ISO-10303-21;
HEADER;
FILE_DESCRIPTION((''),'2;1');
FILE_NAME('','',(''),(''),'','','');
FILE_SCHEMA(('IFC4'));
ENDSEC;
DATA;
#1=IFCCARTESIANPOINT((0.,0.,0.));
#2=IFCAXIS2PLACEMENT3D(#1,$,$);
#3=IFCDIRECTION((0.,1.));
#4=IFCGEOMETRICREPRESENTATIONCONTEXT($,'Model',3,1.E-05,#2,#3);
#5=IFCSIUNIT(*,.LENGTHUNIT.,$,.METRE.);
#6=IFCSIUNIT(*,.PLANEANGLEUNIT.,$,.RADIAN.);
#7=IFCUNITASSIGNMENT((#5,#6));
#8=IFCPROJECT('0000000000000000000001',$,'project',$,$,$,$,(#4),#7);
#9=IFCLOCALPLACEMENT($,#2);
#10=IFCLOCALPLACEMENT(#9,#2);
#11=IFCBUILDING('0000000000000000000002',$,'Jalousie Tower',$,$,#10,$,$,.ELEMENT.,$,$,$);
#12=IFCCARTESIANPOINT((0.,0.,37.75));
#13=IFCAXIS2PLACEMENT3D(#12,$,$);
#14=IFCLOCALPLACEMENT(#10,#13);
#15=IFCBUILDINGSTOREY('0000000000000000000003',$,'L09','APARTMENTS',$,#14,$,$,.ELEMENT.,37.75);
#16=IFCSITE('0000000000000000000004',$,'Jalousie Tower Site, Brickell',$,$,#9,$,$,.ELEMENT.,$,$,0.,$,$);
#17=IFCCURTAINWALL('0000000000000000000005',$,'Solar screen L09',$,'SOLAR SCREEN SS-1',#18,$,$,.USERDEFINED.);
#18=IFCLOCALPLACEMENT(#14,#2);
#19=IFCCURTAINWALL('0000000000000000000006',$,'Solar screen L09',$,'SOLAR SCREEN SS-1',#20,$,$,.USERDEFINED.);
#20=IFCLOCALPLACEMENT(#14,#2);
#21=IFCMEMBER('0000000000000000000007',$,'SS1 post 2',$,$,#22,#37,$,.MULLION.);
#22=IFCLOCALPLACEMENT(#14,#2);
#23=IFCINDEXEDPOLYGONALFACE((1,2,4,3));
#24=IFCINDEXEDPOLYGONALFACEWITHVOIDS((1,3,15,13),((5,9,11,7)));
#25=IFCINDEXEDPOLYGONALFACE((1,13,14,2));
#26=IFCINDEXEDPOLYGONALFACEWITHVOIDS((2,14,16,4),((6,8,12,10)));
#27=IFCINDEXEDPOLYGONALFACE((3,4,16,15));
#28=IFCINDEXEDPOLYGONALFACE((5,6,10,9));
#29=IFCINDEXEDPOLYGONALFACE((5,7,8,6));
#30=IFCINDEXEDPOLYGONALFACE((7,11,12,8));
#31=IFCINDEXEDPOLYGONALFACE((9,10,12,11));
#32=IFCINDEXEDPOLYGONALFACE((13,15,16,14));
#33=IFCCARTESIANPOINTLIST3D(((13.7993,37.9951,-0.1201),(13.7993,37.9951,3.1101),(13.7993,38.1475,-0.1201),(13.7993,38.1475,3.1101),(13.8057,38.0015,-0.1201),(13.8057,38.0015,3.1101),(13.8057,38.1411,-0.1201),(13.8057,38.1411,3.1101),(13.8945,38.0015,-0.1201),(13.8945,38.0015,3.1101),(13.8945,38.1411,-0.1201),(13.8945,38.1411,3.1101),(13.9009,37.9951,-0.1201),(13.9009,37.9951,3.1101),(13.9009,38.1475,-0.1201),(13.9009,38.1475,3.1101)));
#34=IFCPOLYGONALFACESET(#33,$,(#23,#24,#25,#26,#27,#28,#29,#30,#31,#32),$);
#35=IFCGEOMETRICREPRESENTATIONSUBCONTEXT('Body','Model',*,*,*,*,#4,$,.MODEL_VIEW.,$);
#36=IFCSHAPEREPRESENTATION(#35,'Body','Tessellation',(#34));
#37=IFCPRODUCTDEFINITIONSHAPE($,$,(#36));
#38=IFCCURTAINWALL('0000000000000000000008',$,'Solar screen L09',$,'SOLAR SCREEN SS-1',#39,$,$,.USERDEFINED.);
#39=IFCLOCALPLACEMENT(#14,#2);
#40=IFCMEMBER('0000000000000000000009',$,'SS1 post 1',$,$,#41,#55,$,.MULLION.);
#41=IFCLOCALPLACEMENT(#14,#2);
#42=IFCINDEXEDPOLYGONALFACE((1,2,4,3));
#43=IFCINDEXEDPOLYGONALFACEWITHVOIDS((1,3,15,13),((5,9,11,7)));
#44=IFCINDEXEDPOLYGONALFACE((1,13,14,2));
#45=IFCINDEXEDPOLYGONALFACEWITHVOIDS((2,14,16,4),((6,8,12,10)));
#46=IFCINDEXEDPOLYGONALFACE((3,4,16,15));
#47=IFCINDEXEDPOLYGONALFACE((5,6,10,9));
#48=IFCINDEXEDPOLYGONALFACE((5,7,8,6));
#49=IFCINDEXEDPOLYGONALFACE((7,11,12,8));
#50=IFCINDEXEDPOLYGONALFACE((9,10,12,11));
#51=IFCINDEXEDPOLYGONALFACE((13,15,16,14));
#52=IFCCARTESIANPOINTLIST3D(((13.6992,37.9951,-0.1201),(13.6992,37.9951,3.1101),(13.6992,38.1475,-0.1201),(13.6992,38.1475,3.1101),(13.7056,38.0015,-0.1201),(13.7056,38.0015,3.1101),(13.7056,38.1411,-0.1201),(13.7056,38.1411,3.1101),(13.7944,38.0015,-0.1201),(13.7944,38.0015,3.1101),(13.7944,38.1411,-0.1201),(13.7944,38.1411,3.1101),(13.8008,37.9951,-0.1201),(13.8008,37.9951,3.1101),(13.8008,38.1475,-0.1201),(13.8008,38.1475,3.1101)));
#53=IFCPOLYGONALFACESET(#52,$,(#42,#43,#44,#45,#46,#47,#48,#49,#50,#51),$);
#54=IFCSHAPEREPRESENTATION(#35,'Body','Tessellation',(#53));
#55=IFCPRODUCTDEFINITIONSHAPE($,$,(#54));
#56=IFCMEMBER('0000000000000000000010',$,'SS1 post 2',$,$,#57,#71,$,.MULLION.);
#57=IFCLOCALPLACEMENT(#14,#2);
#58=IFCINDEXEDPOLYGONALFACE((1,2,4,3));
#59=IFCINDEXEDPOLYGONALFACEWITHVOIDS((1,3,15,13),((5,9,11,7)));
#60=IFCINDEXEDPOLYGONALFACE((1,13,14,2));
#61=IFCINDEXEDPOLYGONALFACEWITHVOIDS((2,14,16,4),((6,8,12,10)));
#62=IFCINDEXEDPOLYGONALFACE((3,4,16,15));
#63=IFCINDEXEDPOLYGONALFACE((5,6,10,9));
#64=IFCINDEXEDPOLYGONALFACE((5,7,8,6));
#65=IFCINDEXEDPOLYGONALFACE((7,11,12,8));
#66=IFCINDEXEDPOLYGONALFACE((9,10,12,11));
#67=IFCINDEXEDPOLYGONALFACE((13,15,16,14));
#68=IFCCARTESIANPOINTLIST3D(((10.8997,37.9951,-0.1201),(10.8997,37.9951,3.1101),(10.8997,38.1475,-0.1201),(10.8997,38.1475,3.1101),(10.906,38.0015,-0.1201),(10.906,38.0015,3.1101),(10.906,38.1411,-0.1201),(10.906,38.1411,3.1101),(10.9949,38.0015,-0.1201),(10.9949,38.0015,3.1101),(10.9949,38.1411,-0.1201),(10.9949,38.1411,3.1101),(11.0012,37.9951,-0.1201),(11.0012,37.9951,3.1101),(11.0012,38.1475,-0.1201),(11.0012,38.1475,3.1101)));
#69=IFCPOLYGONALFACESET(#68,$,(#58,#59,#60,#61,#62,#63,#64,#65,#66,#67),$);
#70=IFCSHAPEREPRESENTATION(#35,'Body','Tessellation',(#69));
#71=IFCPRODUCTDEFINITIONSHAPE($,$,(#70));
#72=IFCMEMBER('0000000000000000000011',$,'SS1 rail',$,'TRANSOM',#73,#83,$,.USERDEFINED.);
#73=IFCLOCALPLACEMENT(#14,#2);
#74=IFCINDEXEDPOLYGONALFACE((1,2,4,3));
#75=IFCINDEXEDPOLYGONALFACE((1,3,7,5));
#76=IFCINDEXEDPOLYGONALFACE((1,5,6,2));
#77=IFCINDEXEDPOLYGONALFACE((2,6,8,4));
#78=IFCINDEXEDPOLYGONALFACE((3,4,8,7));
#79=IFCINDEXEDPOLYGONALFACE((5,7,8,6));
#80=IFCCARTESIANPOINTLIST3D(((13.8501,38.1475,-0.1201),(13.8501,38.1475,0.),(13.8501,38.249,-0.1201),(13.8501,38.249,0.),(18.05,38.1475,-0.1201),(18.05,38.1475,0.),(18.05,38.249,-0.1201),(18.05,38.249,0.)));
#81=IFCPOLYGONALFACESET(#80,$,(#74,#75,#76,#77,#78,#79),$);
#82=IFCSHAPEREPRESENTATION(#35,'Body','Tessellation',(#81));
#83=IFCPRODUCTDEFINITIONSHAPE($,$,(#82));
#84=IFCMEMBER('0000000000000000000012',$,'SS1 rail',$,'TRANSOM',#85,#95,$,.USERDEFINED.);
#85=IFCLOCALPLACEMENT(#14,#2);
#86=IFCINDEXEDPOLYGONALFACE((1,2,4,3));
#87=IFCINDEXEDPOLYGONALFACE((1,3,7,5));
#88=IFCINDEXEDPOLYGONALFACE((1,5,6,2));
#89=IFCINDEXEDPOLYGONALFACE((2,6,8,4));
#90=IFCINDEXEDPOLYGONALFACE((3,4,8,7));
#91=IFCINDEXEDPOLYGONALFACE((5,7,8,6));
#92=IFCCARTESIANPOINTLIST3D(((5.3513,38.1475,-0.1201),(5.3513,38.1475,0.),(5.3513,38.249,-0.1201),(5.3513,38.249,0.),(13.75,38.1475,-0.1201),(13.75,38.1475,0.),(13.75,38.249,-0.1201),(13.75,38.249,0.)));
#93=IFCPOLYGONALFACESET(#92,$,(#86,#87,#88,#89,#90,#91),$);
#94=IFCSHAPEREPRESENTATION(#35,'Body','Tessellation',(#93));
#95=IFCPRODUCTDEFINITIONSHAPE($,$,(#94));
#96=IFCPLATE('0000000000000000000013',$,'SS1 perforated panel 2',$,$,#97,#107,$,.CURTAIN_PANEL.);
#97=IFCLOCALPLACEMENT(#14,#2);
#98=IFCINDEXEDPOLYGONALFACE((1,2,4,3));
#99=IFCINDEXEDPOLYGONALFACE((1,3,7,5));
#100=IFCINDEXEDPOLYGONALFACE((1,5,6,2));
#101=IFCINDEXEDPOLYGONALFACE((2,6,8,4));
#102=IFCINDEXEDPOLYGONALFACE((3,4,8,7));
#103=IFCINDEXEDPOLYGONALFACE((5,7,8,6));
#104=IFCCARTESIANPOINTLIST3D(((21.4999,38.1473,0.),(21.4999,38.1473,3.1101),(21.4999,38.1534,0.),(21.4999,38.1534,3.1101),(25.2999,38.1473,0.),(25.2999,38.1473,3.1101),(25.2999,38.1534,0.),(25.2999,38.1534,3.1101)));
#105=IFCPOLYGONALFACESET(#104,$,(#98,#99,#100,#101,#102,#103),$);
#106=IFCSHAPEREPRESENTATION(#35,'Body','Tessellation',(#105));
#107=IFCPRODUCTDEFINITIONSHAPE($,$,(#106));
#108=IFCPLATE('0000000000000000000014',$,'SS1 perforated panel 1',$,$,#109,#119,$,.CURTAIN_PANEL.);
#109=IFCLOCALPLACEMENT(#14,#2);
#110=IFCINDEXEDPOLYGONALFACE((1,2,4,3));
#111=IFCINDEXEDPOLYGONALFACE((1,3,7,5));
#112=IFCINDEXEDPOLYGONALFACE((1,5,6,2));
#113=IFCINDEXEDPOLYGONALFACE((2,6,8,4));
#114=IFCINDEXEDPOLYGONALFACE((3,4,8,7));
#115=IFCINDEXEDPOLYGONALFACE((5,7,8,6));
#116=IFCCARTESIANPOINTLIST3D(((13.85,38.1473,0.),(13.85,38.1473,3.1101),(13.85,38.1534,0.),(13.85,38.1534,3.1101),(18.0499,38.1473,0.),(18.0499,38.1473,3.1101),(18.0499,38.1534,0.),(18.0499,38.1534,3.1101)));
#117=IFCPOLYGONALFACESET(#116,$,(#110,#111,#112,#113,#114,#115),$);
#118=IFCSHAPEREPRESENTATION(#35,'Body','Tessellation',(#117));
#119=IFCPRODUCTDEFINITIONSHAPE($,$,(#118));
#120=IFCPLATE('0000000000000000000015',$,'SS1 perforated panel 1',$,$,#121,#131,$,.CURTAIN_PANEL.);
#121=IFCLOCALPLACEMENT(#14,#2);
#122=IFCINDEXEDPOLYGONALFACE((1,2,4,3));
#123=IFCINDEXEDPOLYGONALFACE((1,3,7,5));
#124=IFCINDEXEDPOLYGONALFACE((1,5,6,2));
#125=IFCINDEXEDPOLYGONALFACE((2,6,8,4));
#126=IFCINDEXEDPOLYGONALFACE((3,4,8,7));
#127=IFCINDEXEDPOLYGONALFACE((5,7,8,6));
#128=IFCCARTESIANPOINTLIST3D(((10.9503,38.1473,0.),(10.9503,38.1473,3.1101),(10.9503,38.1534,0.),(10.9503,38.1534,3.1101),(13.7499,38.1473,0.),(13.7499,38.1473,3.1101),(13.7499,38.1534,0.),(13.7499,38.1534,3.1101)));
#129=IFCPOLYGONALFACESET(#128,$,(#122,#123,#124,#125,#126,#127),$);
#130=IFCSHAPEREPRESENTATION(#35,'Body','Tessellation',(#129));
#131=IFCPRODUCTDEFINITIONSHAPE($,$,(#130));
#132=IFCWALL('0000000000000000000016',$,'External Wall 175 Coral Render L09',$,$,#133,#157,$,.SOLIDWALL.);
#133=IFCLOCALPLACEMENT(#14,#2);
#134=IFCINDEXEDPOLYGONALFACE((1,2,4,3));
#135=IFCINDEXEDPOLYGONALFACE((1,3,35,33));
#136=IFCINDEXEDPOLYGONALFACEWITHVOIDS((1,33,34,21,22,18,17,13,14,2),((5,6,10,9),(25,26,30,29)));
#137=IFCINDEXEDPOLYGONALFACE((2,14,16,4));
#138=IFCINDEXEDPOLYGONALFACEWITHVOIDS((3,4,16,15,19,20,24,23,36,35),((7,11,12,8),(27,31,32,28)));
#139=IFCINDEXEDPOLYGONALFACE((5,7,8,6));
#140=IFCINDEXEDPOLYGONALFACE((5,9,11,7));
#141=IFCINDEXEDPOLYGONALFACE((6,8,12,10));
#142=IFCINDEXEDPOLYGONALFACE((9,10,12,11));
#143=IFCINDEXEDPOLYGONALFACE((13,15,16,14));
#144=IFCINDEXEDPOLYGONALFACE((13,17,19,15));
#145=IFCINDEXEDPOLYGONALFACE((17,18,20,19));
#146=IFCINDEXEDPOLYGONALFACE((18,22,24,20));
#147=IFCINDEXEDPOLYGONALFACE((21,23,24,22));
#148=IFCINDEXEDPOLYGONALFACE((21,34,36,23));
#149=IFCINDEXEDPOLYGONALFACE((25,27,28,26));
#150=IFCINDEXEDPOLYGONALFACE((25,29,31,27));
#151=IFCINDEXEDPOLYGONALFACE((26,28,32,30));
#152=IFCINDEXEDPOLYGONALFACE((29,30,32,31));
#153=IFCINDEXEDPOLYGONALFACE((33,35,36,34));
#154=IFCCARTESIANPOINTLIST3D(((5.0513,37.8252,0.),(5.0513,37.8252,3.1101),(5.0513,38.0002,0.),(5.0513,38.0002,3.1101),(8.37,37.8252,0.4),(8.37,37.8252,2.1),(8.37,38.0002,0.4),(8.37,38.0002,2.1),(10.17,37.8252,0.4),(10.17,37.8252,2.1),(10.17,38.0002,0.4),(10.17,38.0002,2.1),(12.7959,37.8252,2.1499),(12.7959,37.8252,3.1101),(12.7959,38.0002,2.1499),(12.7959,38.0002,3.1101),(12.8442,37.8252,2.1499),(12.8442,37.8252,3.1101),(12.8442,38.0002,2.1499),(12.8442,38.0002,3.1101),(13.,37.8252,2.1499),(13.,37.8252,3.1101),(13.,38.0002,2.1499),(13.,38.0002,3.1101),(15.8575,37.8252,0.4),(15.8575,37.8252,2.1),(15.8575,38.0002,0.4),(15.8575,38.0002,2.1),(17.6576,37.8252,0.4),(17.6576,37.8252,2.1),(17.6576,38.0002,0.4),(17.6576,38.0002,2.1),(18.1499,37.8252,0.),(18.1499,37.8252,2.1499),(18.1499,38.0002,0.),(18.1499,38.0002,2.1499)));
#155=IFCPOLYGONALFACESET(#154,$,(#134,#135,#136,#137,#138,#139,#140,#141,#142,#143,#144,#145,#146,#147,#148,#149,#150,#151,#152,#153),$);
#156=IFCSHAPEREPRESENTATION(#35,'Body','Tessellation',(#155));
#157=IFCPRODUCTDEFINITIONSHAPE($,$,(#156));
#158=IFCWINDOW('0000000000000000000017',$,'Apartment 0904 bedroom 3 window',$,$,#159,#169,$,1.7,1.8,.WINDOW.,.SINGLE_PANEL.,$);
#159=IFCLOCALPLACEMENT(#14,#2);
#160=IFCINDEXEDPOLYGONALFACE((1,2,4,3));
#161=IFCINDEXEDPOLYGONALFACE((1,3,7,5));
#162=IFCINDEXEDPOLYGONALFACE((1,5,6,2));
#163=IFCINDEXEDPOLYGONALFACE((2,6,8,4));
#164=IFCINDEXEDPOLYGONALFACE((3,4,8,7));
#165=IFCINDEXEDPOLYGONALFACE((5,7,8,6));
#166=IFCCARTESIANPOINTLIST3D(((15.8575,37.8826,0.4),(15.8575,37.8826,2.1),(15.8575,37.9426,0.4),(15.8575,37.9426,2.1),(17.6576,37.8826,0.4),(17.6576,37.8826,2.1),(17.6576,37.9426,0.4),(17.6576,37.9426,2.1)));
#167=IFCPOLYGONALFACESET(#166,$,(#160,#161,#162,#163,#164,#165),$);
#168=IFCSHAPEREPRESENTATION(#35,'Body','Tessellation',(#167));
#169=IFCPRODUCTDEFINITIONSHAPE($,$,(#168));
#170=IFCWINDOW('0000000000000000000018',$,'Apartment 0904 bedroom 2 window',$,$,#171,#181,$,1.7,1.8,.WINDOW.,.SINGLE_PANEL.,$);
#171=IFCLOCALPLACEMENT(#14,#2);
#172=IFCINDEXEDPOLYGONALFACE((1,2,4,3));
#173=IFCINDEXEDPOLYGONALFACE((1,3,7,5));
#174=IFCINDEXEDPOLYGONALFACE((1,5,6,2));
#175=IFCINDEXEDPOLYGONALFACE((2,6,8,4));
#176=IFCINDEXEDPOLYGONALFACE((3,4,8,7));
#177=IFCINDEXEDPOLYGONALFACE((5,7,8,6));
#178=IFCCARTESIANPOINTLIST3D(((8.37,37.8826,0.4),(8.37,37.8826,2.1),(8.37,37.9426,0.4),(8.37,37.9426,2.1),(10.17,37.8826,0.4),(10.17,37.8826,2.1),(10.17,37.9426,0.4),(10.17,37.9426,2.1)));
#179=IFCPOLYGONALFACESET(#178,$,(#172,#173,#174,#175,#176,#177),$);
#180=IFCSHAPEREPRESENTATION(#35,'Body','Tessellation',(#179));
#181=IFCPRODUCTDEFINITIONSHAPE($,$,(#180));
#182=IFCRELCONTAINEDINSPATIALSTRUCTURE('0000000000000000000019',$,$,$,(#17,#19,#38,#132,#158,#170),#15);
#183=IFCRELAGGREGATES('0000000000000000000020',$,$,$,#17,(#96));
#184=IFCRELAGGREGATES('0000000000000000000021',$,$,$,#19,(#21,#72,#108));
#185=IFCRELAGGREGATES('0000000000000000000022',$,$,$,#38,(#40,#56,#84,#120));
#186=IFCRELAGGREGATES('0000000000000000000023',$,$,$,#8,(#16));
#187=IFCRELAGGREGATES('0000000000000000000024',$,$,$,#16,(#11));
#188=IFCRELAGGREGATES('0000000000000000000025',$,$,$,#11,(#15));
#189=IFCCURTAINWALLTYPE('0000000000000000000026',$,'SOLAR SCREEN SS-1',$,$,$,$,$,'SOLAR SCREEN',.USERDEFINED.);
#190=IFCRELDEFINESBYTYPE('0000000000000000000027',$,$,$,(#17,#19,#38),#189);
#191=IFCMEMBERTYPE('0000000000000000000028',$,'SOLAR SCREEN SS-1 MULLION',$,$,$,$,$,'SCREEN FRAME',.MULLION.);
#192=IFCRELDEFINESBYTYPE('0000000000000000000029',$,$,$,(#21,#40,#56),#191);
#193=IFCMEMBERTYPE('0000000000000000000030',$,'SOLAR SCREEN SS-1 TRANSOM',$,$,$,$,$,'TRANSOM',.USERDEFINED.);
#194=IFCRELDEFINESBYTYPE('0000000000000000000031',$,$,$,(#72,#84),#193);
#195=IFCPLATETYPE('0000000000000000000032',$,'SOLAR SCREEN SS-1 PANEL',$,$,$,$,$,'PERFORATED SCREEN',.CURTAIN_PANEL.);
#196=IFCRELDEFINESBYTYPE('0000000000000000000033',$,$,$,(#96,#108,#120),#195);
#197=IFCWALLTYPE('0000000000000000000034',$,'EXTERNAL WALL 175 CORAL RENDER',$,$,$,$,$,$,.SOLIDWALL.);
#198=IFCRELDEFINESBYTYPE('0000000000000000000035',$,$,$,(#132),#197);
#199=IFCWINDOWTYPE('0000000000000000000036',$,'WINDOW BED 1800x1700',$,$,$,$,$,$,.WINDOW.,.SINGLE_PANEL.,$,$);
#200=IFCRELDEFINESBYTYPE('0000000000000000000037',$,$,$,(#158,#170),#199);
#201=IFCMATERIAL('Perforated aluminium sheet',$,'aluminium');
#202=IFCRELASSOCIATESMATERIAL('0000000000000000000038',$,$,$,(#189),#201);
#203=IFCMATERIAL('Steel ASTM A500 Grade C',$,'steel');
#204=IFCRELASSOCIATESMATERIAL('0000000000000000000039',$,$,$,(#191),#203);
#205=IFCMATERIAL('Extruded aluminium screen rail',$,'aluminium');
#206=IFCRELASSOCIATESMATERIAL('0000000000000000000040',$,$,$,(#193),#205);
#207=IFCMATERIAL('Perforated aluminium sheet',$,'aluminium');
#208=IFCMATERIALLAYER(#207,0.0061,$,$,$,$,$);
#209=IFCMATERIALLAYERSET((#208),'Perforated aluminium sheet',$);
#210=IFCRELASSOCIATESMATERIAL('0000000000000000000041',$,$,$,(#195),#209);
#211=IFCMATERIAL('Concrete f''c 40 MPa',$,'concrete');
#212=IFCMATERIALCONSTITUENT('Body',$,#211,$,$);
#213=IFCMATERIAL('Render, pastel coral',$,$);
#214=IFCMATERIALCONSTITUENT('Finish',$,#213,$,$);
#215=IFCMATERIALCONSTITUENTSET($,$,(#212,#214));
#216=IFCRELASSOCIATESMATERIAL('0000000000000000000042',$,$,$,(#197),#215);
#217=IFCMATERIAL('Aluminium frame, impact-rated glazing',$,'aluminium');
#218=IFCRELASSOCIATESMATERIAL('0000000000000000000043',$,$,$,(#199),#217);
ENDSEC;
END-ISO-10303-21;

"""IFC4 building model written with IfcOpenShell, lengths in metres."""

from ifc_helpers import new_model, si_unit, direction, frame, frame_2d, origin, origin_2d, place, context, subcontext, project, spatial, polyline, rectangle, hollow_rectangle, outline, extrude, material, layer, layer_set, constituent, constituent_set, material_profile, profile_set, type_object, element, fill, aggregate, save


model = new_model("IFC4")

# Units and contexts
model_context = context("Model", 3, precision=1e-05, world=origin(), true_north=direction((0.0, 1.0)))
body_context = subcontext(model_context, "Body", "Model", "MODEL_VIEW")
ifc_project = project(units=[si_unit("LENGTHUNIT", "METRE"), si_unit("PLANEANGLEUNIT", "RADIAN")], contexts=[model_context])

# Site, building, storey
site_placement = place(None, origin())
site = spatial("IfcSite", under=ifc_project, at=site_placement, Name="Jalousie Tower Site, Brickell", CompositionType="ELEMENT", RefElevation=0.0)
building_placement = place(site_placement, origin())
building = spatial("IfcBuilding", under=site, at=building_placement, Name="Jalousie Tower", CompositionType="ELEMENT")
storey_placement = place(building_placement, frame((0.0, 0.0, 37.75)))
storey = spatial("IfcBuildingStorey", under=building, at=storey_placement, Name="L09", Description="APARTMENTS", CompositionType="ELEMENT", Elevation=37.75)

# Curtain wall
ifc_material_1 = material(Name="Perforated aluminium sheet", Category="aluminium")
curtain_wall_type = type_object("IfcCurtainWallType", Name="SOLAR SCREEN SS-1", ElementType="SOLAR SCREEN", PredefinedType="USERDEFINED", material=ifc_material_1)
curtain_wall_1_placement = place(storey_placement, origin())
curtain_wall_1 = element("IfcCurtainWall", 1, at=curtain_wall_1_placement, inside=storey, type_object=curtain_wall_type, Name="Solar screen L09", ObjectType="SOLAR SCREEN SS-1", PredefinedType="USERDEFINED")
ifc_material_2 = material(Name="Steel ASTM A500 Grade C", Category="steel")
ifc_material_profile_1 = material_profile(ifc_material_2, hollow_rectangle(XDim=0.1016, YDim=0.1523, WallThickness=0.0063, at=origin_2d()), Name="HSS6X4X1/4")
ifc_profile_set_1 = profile_set([ifc_material_profile_1], Name="Steel ASTM A500 Grade C")
member_type_1 = type_object("IfcMemberType", Name="SOLAR SCREEN SS-1 MULLION", ElementType="SCREEN FRAME", PredefinedType="MULLION", material=ifc_profile_set_1)

# Curtain walls, members
curtain_wall_2_placement = place(storey_placement, origin())
curtain_wall_2 = element("IfcCurtainWall", 2, at=curtain_wall_2_placement, inside=storey, type_object=curtain_wall_type, Name="Solar screen L09", ObjectType="SOLAR SCREEN SS-1", PredefinedType="USERDEFINED")
member_1_placement = place(storey_placement, frame((13.8501, 38.0713, -0.1201), z_axis=(0.0, 0.0, 1.0), x_axis=(-1.0, 0.0, 0.0)))
member_1 = element("IfcMember", 3, at=member_1_placement, type_object=member_type_1, Name="SS1 post 2", PredefinedType="MULLION", context=body_context, shape_type="SweptSolid", body=[
    extrude(hollow_rectangle(XDim=0.1016, YDim=0.1523, WallThickness=0.0063, at=origin_2d()), origin(), (0.0, 0.0, 1.0), 3.2302),
])
curtain_wall_3_placement = place(storey_placement, origin())
curtain_wall_3 = element("IfcCurtainWall", 4, at=curtain_wall_3_placement, inside=storey, type_object=curtain_wall_type, Name="Solar screen L09", ObjectType="SOLAR SCREEN SS-1", PredefinedType="USERDEFINED")
member_2_placement = place(storey_placement, frame((13.75, 38.0713, -0.1201), z_axis=(0.0, 0.0, 1.0), x_axis=(-1.0, 0.0, 0.0)))
member_2 = element("IfcMember", 5, at=member_2_placement, type_object=member_type_1, Name="SS1 post 1", PredefinedType="MULLION", context=body_context, shape_type="SweptSolid", body=[
    extrude(hollow_rectangle(XDim=0.1016, YDim=0.1523, WallThickness=0.0063, at=origin_2d()), origin(), (0.0, 0.0, 1.0), 3.2302),
])
member_3_placement = place(storey_placement, frame((10.9504, 38.0713, -0.1201), z_axis=(0.0, 0.0, 1.0), x_axis=(-1.0, 0.0, 0.0)))
member_3 = element("IfcMember", 6, at=member_3_placement, type_object=member_type_1, Name="SS1 post 2", PredefinedType="MULLION", context=body_context, shape_type="SweptSolid", body=[
    extrude(hollow_rectangle(XDim=0.1016, YDim=0.1523, WallThickness=0.0063, at=origin_2d()), origin(), (0.0, 0.0, 1.0), 3.2302),
])

# Members
ifc_material_3 = material(Name="Extruded aluminium screen rail", Category="aluminium")
ifc_material_profile_2 = material_profile(ifc_material_3, rectangle(XDim=0.1016, YDim=0.1201, at=origin_2d()), Name="RAIL 102x120")
ifc_profile_set_2 = profile_set([ifc_material_profile_2], Name="Extruded aluminium screen rail")
member_type_2 = type_object("IfcMemberType", Name="SOLAR SCREEN SS-1 TRANSOM", ElementType="TRANSOM", PredefinedType="USERDEFINED", material=ifc_profile_set_2)
member_4_placement = place(storey_placement, frame((18.05, 38.1982, -0.0601), z_axis=(-1.0, 0.0, 0.0), x_axis=(0.0, -1.0, 0.0)))
member_4 = element("IfcMember", 7, at=member_4_placement, type_object=member_type_2, Name="SS1 rail", ObjectType="TRANSOM", PredefinedType="USERDEFINED", context=body_context, shape_type="SweptSolid", body=[
    extrude(rectangle(XDim=0.1016, YDim=0.1201, at=origin_2d()), origin(), (0.0, 0.0, 1.0), 4.2),
])
member_5_placement = place(storey_placement, frame((13.75, 38.1982, -0.0601), z_axis=(-1.0, 0.0, 0.0), x_axis=(0.0, -1.0, 0.0)))
member_5 = element("IfcMember", 8, at=member_5_placement, type_object=member_type_2, Name="SS1 rail", ObjectType="TRANSOM", PredefinedType="USERDEFINED", context=body_context, shape_type="SweptSolid", body=[
    extrude(rectangle(XDim=0.1016, YDim=0.1201, at=origin_2d()), origin(), (0.0, 0.0, 1.0), 8.3987),
])

# Plates
ifc_material_4 = material(Name="Perforated aluminium sheet", Category="aluminium")
ifc_layer_1 = layer(ifc_material_4, 0.0061)
ifc_layer_set_1 = layer_set([ifc_layer_1], Name="Perforated aluminium sheet")
plate_type = type_object("IfcPlateType", Name="SOLAR SCREEN SS-1 PANEL", ElementType="PERFORATED SCREEN", PredefinedType="CURTAIN_PANEL", material=ifc_layer_set_1)
plate_1_placement = place(storey_placement, frame((23.3999, 38.1504, 0.0), z_axis=(0.0, 0.0, 1.0), x_axis=(-1.0, 0.0, 0.0)))
plate_1 = element("IfcPlate", 9, at=plate_1_placement, type_object=plate_type, Name="SS1 perforated panel 2", PredefinedType="CURTAIN_PANEL", context=body_context, shape_type="SweptSolid", body=[
    extrude(rectangle(XDim=3.8, YDim=0.0061, at=origin_2d()), origin(), (0.0, 0.0, 1.0), 3.1101),
])
aggregate(curtain_wall_1, [plate_1])
plate_2_placement = place(storey_placement, frame((15.95, 38.1504, 0.0), z_axis=(0.0, 0.0, 1.0), x_axis=(-1.0, 0.0, 0.0)))
plate_2 = element("IfcPlate", 10, at=plate_2_placement, type_object=plate_type, Name="SS1 perforated panel 1", PredefinedType="CURTAIN_PANEL", context=body_context, shape_type="SweptSolid", body=[
    extrude(rectangle(XDim=4.2, YDim=0.0061, at=origin_2d()), origin(), (0.0, 0.0, 1.0), 3.1101),
])
aggregate(curtain_wall_2, [member_1, member_4, plate_2])
plate_3_placement = place(storey_placement, frame((12.3501, 38.1504, 0.0), z_axis=(0.0, 0.0, 1.0), x_axis=(-1.0, 0.0, 0.0)))
plate_3 = element("IfcPlate", 11, at=plate_3_placement, type_object=plate_type, Name="SS1 perforated panel 1", PredefinedType="CURTAIN_PANEL", context=body_context, shape_type="SweptSolid", body=[
    extrude(rectangle(XDim=2.7996, YDim=0.0061, at=origin_2d()), origin(), (0.0, 0.0, 1.0), 3.1101),
])
aggregate(curtain_wall_3, [member_2, member_3, member_5, plate_3])

# Wall, openings, windows
ifc_material_5 = material(Name="Concrete f'c 40 MPa", Category="concrete")
ifc_constituent_1 = constituent(ifc_material_5, Name="Body")
ifc_material_6 = material(Name="Render, pastel coral")
ifc_constituent_2 = constituent(ifc_material_6, Name="Finish")
ifc_constituent_set_1 = constituent_set(constituents=[ifc_constituent_1, ifc_constituent_2])
wall_type_1 = type_object("IfcWallType", Name="EXTERNAL WALL 175 CORAL RENDER", PredefinedType="SOLIDWALL", material=ifc_constituent_set_1)
wall_1_placement = place(storey_placement, frame((18.1499, 37.9126, 0.0), z_axis=(0.0, 0.0, 1.0), x_axis=(-1.0, 0.0, 0.0)))
wall_1 = element("IfcWall", 12, at=wall_1_placement, inside=storey, type_object=wall_type_1, Name="External Wall 175 Coral Render L09", PredefinedType="SOLIDWALL", context=body_context, shape_type="SweptSolid", body=[
    extrude(outline(polyline([(0.0, 0.0), (13.0986, 0.0), (13.0986, 3.1101), (5.354, 3.1101), (5.354, 2.1499), (5.3057, 2.1499), (5.3057, 3.1101), (5.1499, 3.1101), (5.1499, 2.1499), (0.0, 2.1499), (0.0, 0.0)])), frame((0.0, 0.0874, 0.0), z_axis=(0.0, -1.0, 0.0), x_axis=(1.0, 0.0, 0.0)), (0.0, 0.0, 1.0), 0.175),
])
opening_1_placement = place(wall_1_placement, frame((0.4924, 0.0, 0.3999)))
opening_1 = element("IfcOpeningElement", 13, at=opening_1_placement, cuts=wall_1, PredefinedType="OPENING", context=body_context, shape_type="SweptSolid", body=[
    extrude(rectangle(XDim=1.8, YDim=1.7, at=frame_2d((0.8999, 0.8501))), frame((0.0, 0.0974, 0.0), z_axis=(0.0, -1.0, 0.0), x_axis=(1.0, 0.0, 0.0)), (0.0, 0.0, 1.0), 0.1951),
])
opening_2_placement = place(wall_1_placement, frame((7.98, 0.0, 0.3999)))
opening_2 = element("IfcOpeningElement", 14, at=opening_2_placement, cuts=wall_1, PredefinedType="OPENING", context=body_context, shape_type="SweptSolid", body=[
    extrude(rectangle(XDim=1.8, YDim=1.7, at=frame_2d((0.8999, 0.8501))), frame((0.0, 0.0974, 0.0), z_axis=(0.0, -1.0, 0.0), x_axis=(1.0, 0.0, 0.0)), (0.0, 0.0, 1.0), 0.1951),
])
ifc_material_7 = material(Name="Aluminium frame, impact-rated glazing", Category="aluminium")
window_type = type_object("IfcWindowType", Name="WINDOW BED 1800x1700", PartitioningType="SINGLE_PANEL", PredefinedType="WINDOW", material=ifc_material_7)
window_1_placement = place(opening_1_placement, origin())
window_1 = element("IfcWindow", 15, at=window_1_placement, inside=storey, type_object=window_type, Name="Apartment 0904 bedroom 3 window", OverallHeight=1.7, OverallWidth=1.8, PartitioningType="SINGLE_PANEL", PredefinedType="WINDOW", context=body_context, shape_type="SweptSolid", body=[
    extrude(rectangle(XDim=1.8, YDim=1.7, at=frame_2d((0.8999, 0.8501))), frame((0.0, 0.03, 0.0), z_axis=(0.0, -1.0, 0.0), x_axis=(1.0, 0.0, 0.0)), (0.0, 0.0, 1.0), 0.0601),
])
fill(opening_1, window_1)
window_2_placement = place(opening_2_placement, origin())
window_2 = element("IfcWindow", 16, at=window_2_placement, inside=storey, type_object=window_type, Name="Apartment 0904 bedroom 2 window", OverallHeight=1.7, OverallWidth=1.8, PartitioningType="SINGLE_PANEL", PredefinedType="WINDOW", context=body_context, shape_type="SweptSolid", body=[
    extrude(rectangle(XDim=1.8, YDim=1.7, at=frame_2d((0.8999, 0.8501))), frame((0.0, 0.03, 0.0), z_axis=(0.0, -1.0, 0.0), x_axis=(1.0, 0.0, 0.0)), (0.0, 0.0, 1.0), 0.0601),
])
fill(opening_2, window_2)

save(model, "model.ifc")
